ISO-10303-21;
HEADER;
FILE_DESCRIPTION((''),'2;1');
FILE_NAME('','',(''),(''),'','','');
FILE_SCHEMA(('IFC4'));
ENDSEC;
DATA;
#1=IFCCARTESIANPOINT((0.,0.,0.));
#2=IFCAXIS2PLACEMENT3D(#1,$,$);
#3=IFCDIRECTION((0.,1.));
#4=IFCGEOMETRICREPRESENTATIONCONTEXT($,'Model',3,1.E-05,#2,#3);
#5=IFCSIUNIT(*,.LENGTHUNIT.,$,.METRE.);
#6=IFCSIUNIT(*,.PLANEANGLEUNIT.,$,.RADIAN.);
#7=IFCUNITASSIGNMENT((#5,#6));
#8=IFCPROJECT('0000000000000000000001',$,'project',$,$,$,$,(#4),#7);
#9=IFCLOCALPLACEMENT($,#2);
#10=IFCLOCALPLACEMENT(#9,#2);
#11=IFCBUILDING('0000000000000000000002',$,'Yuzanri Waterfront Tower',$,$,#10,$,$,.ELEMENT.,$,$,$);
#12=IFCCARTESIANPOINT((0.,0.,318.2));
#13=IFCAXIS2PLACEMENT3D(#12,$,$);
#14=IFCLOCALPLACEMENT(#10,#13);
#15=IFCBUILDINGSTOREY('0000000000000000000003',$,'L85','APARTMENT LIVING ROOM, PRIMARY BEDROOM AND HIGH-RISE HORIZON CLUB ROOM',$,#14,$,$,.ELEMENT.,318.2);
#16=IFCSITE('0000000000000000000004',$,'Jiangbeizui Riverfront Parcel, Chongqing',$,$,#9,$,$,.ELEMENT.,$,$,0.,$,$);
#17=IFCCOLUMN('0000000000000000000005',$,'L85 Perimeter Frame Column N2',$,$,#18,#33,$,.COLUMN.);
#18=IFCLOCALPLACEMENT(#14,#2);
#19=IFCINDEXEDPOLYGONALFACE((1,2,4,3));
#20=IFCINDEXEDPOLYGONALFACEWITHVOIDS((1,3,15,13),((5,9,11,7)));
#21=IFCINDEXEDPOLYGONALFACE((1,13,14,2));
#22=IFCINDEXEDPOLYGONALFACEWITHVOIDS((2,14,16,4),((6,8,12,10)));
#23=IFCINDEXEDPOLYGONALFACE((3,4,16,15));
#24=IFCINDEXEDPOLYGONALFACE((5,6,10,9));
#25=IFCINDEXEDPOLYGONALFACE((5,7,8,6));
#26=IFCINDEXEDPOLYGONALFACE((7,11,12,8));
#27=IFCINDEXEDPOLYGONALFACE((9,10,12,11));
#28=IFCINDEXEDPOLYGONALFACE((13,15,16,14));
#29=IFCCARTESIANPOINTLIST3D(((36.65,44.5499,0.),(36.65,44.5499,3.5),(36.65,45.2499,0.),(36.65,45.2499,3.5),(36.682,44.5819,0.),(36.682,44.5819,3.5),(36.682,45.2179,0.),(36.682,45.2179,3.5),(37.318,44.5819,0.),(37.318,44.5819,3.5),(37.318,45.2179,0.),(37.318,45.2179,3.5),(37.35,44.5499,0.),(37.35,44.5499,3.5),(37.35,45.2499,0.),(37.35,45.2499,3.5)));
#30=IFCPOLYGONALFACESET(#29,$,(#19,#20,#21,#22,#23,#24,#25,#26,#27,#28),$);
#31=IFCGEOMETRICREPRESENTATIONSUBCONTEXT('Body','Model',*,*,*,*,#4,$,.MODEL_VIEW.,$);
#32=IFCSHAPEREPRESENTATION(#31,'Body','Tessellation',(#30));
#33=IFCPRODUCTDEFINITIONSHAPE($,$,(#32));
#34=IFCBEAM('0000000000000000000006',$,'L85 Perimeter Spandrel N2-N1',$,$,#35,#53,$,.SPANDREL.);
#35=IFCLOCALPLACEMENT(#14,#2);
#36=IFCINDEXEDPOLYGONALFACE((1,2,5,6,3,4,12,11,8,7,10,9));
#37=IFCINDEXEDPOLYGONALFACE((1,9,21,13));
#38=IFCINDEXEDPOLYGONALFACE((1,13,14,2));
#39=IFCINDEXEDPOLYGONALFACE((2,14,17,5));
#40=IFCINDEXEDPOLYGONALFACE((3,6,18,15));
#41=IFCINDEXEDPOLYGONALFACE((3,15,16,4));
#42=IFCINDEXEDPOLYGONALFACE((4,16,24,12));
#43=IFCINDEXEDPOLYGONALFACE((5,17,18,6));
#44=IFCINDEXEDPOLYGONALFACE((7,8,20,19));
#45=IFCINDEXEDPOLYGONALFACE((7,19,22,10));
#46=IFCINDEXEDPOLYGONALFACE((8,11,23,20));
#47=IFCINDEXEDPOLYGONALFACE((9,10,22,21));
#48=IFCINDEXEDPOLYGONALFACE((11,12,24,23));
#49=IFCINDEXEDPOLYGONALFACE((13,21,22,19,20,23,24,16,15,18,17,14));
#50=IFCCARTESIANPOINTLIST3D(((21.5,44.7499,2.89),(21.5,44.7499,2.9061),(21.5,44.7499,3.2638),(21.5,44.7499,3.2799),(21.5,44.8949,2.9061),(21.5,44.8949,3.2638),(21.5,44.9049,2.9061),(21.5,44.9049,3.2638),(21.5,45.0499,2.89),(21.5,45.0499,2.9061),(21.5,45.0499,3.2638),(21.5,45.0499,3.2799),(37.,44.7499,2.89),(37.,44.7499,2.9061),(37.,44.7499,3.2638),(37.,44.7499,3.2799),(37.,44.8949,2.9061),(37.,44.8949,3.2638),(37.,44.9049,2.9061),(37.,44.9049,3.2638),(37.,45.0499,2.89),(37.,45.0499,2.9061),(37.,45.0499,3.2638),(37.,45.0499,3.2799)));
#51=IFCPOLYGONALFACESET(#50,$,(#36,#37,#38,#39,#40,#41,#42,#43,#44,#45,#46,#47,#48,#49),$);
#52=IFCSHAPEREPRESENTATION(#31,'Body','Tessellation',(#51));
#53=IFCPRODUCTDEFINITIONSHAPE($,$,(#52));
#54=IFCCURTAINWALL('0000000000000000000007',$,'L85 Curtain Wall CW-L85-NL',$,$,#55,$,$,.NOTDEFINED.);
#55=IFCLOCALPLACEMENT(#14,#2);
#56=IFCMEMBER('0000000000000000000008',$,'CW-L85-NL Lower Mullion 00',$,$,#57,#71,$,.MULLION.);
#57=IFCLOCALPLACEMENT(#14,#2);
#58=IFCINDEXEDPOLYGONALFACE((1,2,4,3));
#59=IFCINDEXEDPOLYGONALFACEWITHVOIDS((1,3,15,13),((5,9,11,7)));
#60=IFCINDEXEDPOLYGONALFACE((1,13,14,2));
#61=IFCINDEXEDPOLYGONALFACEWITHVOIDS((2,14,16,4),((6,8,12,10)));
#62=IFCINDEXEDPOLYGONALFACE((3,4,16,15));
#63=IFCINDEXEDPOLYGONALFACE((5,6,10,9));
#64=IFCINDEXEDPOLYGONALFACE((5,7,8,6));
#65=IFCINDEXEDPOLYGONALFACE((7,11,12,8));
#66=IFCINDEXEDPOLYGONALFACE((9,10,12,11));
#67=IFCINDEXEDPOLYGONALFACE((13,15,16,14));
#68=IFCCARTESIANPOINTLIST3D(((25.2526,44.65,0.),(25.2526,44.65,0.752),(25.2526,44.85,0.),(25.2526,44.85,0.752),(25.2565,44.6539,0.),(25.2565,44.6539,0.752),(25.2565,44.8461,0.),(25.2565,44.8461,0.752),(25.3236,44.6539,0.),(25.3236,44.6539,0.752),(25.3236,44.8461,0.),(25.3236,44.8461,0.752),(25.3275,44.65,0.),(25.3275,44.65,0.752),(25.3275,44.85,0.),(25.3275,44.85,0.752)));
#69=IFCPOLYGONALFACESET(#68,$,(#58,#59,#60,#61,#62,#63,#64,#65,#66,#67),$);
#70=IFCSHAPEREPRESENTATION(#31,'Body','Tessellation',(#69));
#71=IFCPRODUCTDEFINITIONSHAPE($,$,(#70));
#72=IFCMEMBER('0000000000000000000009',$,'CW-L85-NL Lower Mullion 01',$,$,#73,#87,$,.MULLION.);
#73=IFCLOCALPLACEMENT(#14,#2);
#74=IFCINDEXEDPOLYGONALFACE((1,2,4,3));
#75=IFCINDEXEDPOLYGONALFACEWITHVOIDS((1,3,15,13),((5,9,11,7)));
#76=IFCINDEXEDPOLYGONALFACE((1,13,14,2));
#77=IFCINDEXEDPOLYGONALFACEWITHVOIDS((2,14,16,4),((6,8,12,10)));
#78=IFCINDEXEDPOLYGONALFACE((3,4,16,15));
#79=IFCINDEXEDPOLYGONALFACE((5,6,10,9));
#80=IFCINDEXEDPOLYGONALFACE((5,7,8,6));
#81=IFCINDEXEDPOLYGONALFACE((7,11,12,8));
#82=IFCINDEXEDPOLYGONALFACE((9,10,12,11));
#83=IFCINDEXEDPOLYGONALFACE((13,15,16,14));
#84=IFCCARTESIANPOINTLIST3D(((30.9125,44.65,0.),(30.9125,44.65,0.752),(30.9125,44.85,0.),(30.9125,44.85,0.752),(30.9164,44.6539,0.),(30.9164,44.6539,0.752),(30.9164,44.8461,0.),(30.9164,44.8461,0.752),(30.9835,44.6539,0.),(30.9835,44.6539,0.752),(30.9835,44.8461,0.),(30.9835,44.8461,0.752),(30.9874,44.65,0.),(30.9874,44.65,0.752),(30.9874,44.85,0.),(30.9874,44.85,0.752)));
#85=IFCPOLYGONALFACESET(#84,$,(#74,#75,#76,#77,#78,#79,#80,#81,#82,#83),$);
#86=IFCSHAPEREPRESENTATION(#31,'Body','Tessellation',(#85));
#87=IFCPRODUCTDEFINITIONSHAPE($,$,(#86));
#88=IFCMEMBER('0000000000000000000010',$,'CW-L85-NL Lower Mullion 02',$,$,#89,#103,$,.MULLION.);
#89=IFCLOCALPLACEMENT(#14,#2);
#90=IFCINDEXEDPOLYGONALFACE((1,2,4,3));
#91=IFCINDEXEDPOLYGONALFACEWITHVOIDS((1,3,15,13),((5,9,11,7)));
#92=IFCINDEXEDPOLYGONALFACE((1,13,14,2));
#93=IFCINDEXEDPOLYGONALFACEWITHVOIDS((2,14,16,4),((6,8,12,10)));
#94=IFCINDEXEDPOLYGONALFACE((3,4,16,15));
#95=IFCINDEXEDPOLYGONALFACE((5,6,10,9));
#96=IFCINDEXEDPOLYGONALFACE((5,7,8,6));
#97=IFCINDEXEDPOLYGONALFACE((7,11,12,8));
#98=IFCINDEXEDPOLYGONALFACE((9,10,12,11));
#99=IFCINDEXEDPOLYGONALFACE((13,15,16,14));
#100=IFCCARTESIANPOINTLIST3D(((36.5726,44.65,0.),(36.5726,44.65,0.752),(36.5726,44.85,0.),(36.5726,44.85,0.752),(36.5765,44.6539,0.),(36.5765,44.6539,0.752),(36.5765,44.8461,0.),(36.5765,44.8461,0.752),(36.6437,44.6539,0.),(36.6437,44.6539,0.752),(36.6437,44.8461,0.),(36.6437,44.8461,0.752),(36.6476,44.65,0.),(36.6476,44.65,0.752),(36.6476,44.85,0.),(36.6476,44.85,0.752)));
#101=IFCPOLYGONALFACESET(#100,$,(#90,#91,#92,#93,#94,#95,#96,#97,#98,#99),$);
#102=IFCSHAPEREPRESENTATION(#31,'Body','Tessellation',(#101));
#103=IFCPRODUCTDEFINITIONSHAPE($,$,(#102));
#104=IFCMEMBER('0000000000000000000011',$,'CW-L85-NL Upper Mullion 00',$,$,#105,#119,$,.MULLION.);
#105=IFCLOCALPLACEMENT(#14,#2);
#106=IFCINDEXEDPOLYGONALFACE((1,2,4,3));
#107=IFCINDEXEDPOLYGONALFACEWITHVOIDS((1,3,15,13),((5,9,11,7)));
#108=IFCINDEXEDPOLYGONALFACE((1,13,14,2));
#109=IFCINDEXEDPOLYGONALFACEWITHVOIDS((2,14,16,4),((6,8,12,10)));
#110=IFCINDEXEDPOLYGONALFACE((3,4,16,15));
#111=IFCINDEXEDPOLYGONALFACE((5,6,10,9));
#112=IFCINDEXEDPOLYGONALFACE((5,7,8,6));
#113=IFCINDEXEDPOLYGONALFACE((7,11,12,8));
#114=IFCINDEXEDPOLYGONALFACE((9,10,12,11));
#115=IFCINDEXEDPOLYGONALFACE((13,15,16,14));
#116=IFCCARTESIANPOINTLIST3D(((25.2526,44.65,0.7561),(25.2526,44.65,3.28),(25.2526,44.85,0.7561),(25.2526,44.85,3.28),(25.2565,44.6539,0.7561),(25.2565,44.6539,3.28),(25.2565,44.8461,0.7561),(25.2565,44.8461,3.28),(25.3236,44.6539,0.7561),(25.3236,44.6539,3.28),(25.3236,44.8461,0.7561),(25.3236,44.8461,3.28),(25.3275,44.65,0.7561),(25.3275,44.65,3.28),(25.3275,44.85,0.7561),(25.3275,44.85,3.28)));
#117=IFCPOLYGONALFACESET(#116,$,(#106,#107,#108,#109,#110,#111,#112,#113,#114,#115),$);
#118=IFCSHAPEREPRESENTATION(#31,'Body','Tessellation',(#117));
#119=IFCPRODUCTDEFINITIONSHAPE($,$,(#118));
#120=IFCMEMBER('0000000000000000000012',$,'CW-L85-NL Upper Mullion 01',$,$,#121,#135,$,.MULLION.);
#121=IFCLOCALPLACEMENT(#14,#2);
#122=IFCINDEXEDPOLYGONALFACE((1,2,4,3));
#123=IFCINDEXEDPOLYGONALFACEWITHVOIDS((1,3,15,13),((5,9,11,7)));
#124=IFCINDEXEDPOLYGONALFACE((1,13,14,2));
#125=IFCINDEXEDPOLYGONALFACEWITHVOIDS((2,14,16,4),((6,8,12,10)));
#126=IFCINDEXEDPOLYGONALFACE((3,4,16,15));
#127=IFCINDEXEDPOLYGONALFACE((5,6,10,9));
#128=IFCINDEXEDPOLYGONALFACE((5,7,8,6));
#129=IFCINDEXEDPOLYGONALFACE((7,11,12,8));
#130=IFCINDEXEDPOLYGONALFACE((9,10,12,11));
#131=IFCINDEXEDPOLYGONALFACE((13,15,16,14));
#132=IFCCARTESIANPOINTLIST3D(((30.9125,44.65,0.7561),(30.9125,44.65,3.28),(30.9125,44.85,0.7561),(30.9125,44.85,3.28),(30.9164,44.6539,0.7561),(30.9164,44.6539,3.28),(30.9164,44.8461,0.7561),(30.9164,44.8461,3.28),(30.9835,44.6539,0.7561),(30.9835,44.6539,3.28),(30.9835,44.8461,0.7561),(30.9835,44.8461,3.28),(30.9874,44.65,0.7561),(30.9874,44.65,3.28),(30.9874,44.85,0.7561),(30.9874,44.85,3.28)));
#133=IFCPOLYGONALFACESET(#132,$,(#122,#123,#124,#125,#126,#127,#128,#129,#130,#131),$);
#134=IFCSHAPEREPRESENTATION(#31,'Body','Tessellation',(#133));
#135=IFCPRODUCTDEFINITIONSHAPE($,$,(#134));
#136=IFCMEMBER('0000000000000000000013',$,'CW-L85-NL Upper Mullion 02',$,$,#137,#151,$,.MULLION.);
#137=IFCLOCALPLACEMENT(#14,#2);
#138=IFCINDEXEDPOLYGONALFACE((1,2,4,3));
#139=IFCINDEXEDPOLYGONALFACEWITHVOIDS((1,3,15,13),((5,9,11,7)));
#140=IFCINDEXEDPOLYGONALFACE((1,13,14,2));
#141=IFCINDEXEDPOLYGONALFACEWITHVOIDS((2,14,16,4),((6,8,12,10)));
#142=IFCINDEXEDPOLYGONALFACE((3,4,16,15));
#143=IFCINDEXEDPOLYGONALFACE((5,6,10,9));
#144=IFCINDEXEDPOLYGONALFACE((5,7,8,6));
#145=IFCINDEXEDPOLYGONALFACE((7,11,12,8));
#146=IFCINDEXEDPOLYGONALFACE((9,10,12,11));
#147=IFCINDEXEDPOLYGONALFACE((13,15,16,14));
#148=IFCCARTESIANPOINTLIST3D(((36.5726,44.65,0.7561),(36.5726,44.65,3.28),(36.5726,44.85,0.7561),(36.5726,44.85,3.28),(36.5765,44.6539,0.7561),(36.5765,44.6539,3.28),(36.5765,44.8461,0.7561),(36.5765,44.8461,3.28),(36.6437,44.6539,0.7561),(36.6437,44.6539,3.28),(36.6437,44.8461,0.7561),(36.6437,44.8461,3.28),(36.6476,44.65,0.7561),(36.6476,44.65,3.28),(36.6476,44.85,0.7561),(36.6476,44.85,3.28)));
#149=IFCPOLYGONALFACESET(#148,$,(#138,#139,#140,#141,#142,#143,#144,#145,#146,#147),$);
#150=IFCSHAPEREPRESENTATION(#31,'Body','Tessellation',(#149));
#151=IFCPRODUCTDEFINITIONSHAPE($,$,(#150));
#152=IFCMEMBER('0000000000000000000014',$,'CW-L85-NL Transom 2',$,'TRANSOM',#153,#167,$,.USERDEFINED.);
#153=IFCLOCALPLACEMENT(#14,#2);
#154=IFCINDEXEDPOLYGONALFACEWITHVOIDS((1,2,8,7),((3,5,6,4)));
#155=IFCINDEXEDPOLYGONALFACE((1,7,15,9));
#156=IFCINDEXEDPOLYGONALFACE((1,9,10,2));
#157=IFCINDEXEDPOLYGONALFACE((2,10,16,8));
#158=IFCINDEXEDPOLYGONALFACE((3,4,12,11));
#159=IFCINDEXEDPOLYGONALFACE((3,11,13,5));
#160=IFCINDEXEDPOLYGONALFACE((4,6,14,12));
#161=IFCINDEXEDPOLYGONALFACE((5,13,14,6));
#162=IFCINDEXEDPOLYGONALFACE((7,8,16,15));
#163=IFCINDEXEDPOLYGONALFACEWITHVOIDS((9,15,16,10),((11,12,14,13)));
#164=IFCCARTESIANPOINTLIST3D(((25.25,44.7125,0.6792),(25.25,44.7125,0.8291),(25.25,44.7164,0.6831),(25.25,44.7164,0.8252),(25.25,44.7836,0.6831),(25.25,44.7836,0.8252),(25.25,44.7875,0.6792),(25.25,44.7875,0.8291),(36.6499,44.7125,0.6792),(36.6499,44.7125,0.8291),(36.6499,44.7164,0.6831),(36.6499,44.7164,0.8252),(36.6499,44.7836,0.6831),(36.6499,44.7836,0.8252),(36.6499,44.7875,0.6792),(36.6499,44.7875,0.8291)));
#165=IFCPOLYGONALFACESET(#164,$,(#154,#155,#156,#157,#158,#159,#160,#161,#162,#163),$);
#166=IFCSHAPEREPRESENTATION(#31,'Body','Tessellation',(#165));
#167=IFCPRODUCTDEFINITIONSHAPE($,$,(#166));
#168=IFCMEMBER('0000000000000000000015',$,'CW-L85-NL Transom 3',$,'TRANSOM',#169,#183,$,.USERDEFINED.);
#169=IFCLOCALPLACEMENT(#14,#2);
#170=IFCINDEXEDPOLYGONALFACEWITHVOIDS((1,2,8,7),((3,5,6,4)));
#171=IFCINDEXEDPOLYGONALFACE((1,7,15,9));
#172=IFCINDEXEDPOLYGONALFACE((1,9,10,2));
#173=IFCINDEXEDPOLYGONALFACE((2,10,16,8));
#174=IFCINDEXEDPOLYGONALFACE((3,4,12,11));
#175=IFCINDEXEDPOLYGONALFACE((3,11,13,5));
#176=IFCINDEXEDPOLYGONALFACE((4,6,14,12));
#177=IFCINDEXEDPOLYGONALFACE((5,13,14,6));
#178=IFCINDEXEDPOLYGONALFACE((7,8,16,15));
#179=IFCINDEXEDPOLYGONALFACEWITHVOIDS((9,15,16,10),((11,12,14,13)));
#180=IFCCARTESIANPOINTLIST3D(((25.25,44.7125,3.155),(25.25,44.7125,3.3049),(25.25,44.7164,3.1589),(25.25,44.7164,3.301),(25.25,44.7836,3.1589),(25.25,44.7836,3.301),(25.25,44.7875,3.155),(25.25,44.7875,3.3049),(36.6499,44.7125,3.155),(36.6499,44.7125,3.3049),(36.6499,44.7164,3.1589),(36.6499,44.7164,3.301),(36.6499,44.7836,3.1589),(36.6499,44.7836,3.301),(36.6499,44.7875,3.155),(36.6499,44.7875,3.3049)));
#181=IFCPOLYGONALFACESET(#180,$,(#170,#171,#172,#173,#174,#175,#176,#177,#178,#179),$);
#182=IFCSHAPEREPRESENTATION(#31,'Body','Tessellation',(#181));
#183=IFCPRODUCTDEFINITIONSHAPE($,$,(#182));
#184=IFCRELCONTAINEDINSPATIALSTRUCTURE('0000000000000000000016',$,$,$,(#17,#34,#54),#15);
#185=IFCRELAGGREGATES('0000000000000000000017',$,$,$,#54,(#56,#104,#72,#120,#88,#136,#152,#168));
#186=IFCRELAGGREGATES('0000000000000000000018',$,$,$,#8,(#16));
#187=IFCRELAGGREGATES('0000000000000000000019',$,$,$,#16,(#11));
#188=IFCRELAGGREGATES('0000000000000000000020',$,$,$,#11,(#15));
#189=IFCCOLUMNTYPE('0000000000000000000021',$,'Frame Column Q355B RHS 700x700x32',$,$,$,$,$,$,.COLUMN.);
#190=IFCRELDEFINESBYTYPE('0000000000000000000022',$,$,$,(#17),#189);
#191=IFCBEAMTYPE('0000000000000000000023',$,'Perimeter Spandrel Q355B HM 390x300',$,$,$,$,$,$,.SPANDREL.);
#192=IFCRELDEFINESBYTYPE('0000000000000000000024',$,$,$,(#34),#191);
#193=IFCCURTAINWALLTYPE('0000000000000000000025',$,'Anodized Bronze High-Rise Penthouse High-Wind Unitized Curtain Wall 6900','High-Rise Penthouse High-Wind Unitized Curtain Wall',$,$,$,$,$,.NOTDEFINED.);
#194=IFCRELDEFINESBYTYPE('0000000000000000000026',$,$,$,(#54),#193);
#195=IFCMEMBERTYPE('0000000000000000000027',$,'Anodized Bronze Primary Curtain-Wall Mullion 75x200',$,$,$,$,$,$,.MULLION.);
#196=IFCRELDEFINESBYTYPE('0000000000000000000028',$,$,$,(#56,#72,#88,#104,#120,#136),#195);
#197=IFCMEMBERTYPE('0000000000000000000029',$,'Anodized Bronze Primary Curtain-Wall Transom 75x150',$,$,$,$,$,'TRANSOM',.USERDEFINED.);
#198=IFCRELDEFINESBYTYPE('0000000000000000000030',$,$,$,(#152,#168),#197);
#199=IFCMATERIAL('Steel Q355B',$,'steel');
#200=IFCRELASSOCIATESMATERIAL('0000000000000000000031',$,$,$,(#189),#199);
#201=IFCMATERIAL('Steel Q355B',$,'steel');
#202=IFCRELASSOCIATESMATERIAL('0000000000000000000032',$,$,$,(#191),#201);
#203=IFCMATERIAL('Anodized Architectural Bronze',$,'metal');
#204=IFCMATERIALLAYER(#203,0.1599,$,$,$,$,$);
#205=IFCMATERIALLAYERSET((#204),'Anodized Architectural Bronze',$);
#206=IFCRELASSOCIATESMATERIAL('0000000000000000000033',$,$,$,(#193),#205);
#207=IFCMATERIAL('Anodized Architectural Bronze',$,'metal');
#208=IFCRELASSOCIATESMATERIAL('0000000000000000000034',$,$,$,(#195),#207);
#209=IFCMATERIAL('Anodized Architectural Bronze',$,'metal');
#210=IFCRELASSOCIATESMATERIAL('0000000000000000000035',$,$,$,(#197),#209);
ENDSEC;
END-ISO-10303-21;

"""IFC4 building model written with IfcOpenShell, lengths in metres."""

from ifc_helpers import new_model, si_unit, direction, frame, origin, origin_2d, place, context, subcontext, project, spatial, hollow_rectangle, i_section, extrude, source, transform, mapped, material, layer, layer_set, material_profile, profile_set, type_object, element, aggregate, save


model = new_model("IFC4")

# Units and contexts
model_context = context("Model", 3, precision=1e-05, world=origin(), true_north=direction((0.0, 1.0)))
body_context = subcontext(model_context, "Body", "Model", "MODEL_VIEW")
ifc_project = project(units=[si_unit("LENGTHUNIT", "METRE"), si_unit("PLANEANGLEUNIT", "RADIAN")], contexts=[model_context])

# Site, building, storey
site_placement = place(None, origin())
site = spatial("IfcSite", under=ifc_project, at=site_placement, Name="Jiangbeizui Riverfront Parcel, Chongqing", CompositionType="ELEMENT", RefElevation=0.0)
building_placement = place(site_placement, origin())
building = spatial("IfcBuilding", under=site, at=building_placement, Name="Yuzanri Waterfront Tower", CompositionType="ELEMENT")
storey_placement = place(building_placement, frame((0.0, 0.0, 318.2)))
storey = spatial("IfcBuildingStorey", under=building, at=storey_placement, Name="L85", Description="APARTMENT LIVING ROOM, PRIMARY BEDROOM AND HIGH-RISE HORIZON CLUB ROOM", CompositionType="ELEMENT", Elevation=318.2)

# Column
ifc_material_1 = material(Name="Steel Q355B", Category="steel")
ifc_material_profile_1 = material_profile(ifc_material_1, hollow_rectangle(XDim=0.7, YDim=0.7, WallThickness=0.032, at=origin_2d()), Name="RHS 700x700x32")
ifc_profile_set_1 = profile_set([ifc_material_profile_1], Name="Steel Q355B")
column_type = type_object("IfcColumnType", Name="Frame Column Q355B RHS 700x700x32", PredefinedType="COLUMN", material=ifc_profile_set_1)
shared_shape_1 = source(origin(), body_context, "Body", "SweptSolid", [
    extrude(hollow_rectangle(XDim=0.7, YDim=0.7, WallThickness=0.032, at=origin_2d()), origin(), (0.0, 0.0, 1.0), 3.5),
])
column_placement = place(storey_placement, frame((37.0, 44.8999, 0.0), z_axis=(0.0, 0.0, 1.0), x_axis=(1.0, 0.0, 0.0)))
element("IfcColumn", 1, at=column_placement, inside=storey, type_object=column_type, Name="L85 Perimeter Frame Column N2", PredefinedType="COLUMN", context=body_context, shape_type="MappedRepresentation", body=[
    mapped(shared_shape_1, transform((0.0, 0.0, 0.0), scale=1.0)),
])

# Beam
ifc_material_2 = material(Name="Steel Q355B", Category="steel")
ifc_material_profile_2 = material_profile(ifc_material_2, i_section(OverallWidth=0.3, OverallDepth=0.3899, WebThickness=0.01, FlangeThickness=0.0161, at=origin_2d()), Name="HM 390x300x10x16")
ifc_profile_set_2 = profile_set([ifc_material_profile_2], Name="Steel Q355B")
beam_type = type_object("IfcBeamType", Name="Perimeter Spandrel Q355B HM 390x300", PredefinedType="SPANDREL", material=ifc_profile_set_2)
shared_shape_2 = source(origin(), body_context, "Body", "SweptSolid", [
    extrude(i_section(OverallWidth=0.3, OverallDepth=0.3899, WebThickness=0.01, FlangeThickness=0.0161, at=origin_2d()), origin(), (0.0, 0.0, 1.0), 15.5),
])
beam_placement = place(storey_placement, frame((37.0, 44.8999, 3.085), z_axis=(-1.0, 0.0, 0.0), x_axis=(0.0, -1.0, 0.0)))
element("IfcBeam", 2, at=beam_placement, inside=storey, type_object=beam_type, Name="L85 Perimeter Spandrel N2-N1", PredefinedType="SPANDREL", context=body_context, shape_type="MappedRepresentation", body=[
    mapped(shared_shape_2, transform((0.0, 0.0, 0.0), scale=1.0)),
])

# Curtain wall, members
ifc_material_3 = material(Name="Anodized Architectural Bronze", Category="metal")
ifc_layer_1 = layer(ifc_material_3, 0.1599)
ifc_layer_set_1 = layer_set([ifc_layer_1], Name="Anodized Architectural Bronze")
curtain_wall_type = type_object("IfcCurtainWallType", Name="Anodized Bronze High-Rise Penthouse High-Wind Unitized Curtain Wall 6900", Description="High-Rise Penthouse High-Wind Unitized Curtain Wall", PredefinedType="NOTDEFINED", material=ifc_layer_set_1)
curtain_wall_placement = place(storey_placement, origin())
curtain_wall = element("IfcCurtainWall", 3, at=curtain_wall_placement, inside=storey, type_object=curtain_wall_type, Name="L85 Curtain Wall CW-L85-NL", PredefinedType="NOTDEFINED")
ifc_material_4 = material(Name="Anodized Architectural Bronze", Category="metal")
ifc_material_profile_3 = material_profile(ifc_material_4, hollow_rectangle(XDim=0.075, YDim=0.2, WallThickness=0.0039, at=origin_2d()), Name="CWM 75x200")
ifc_profile_set_3 = profile_set([ifc_material_profile_3], Name="Anodized Architectural Bronze")
member_type_1 = type_object("IfcMemberType", Name="Anodized Bronze Primary Curtain-Wall Mullion 75x200", PredefinedType="MULLION", material=ifc_profile_set_3)
shared_shape_3 = source(origin(), body_context, "Body", "SweptSolid", [
    extrude(hollow_rectangle(XDim=0.075, YDim=0.2, WallThickness=0.0039, at=origin_2d()), origin(), (0.0, 0.0, 1.0), 0.752),
])
member_1_placement = place(storey_placement, frame((25.29, 44.75, 0.0), z_axis=(0.0, 0.0, 1.0), x_axis=(1.0, 0.0, 0.0)))
member_1 = element("IfcMember", 4, at=member_1_placement, type_object=member_type_1, Name="CW-L85-NL Lower Mullion 00", PredefinedType="MULLION", context=body_context, shape_type="MappedRepresentation", body=[
    mapped(shared_shape_3, transform((0.0, 0.0, 0.0), scale=1.0)),
])
member_2_placement = place(storey_placement, frame((30.95, 44.75, 0.0), z_axis=(0.0, 0.0, 1.0), x_axis=(1.0, 0.0, 0.0)))
member_2 = element("IfcMember", 5, at=member_2_placement, type_object=member_type_1, Name="CW-L85-NL Lower Mullion 01", PredefinedType="MULLION", context=body_context, shape_type="MappedRepresentation", body=[
    mapped(shared_shape_3, transform((0.0, 0.0, 0.0), scale=1.0)),
])
member_3_placement = place(storey_placement, frame((36.6101, 44.75, 0.0), z_axis=(0.0, 0.0, 1.0), x_axis=(1.0, 0.0, 0.0)))
member_3 = element("IfcMember", 6, at=member_3_placement, type_object=member_type_1, Name="CW-L85-NL Lower Mullion 02", PredefinedType="MULLION", context=body_context, shape_type="MappedRepresentation", body=[
    mapped(shared_shape_3, transform((0.0, 0.0, 0.0), scale=1.0)),
])
shared_shape_4 = source(origin(), body_context, "Body", "SweptSolid", [
    extrude(hollow_rectangle(XDim=0.075, YDim=0.2, WallThickness=0.0039, at=origin_2d()), origin(), (0.0, 0.0, 1.0), 2.5239),
])
member_4_placement = place(storey_placement, frame((25.29, 44.75, 0.7561), z_axis=(0.0, 0.0, 1.0), x_axis=(1.0, 0.0, 0.0)))
member_4 = element("IfcMember", 7, at=member_4_placement, type_object=member_type_1, Name="CW-L85-NL Upper Mullion 00", PredefinedType="MULLION", context=body_context, shape_type="MappedRepresentation", body=[
    mapped(shared_shape_4, transform((0.0, 0.0, 0.0), scale=1.0)),
])
member_5_placement = place(storey_placement, frame((30.95, 44.75, 0.7561), z_axis=(0.0, 0.0, 1.0), x_axis=(1.0, 0.0, 0.0)))
member_5 = element("IfcMember", 8, at=member_5_placement, type_object=member_type_1, Name="CW-L85-NL Upper Mullion 01", PredefinedType="MULLION", context=body_context, shape_type="MappedRepresentation", body=[
    mapped(shared_shape_4, transform((0.0, 0.0, 0.0), scale=1.0)),
])
member_6_placement = place(storey_placement, frame((36.6101, 44.75, 0.7561), z_axis=(0.0, 0.0, 1.0), x_axis=(1.0, 0.0, 0.0)))
member_6 = element("IfcMember", 9, at=member_6_placement, type_object=member_type_1, Name="CW-L85-NL Upper Mullion 02", PredefinedType="MULLION", context=body_context, shape_type="MappedRepresentation", body=[
    mapped(shared_shape_4, transform((0.0, 0.0, 0.0), scale=1.0)),
])
ifc_material_5 = material(Name="Anodized Architectural Bronze", Category="metal")
ifc_material_profile_4 = material_profile(ifc_material_5, hollow_rectangle(XDim=0.075, YDim=0.1499, WallThickness=0.0039, at=origin_2d()), Name="CWT 75x150")
ifc_profile_set_4 = profile_set([ifc_material_profile_4], Name="Anodized Architectural Bronze")
member_type_2 = type_object("IfcMemberType", Name="Anodized Bronze Primary Curtain-Wall Transom 75x150", ElementType="TRANSOM", PredefinedType="USERDEFINED", material=ifc_profile_set_4)
shared_shape_5 = source(origin(), body_context, "Body", "SweptSolid", [
    extrude(hollow_rectangle(XDim=0.075, YDim=0.1499, WallThickness=0.0039, at=origin_2d()), origin(), (0.0, 0.0, 1.0), 11.3999),
])
member_7_placement = place(storey_placement, frame((25.25, 44.75, 0.7542), z_axis=(1.0, 0.0, 0.0), x_axis=(0.0, 1.0, 0.0)))
member_7 = element("IfcMember", 10, at=member_7_placement, type_object=member_type_2, Name="CW-L85-NL Transom 2", ObjectType="TRANSOM", PredefinedType="USERDEFINED", context=body_context, shape_type="MappedRepresentation", body=[
    mapped(shared_shape_5, transform((0.0, 0.0, 0.0), scale=1.0)),
])
member_8_placement = place(storey_placement, frame((25.25, 44.75, 3.23), z_axis=(1.0, 0.0, 0.0), x_axis=(0.0, 1.0, 0.0)))
member_8 = element("IfcMember", 11, at=member_8_placement, type_object=member_type_2, Name="CW-L85-NL Transom 3", ObjectType="TRANSOM", PredefinedType="USERDEFINED", context=body_context, shape_type="MappedRepresentation", body=[
    mapped(shared_shape_5, transform((0.0, 0.0, 0.0), scale=1.0)),
])
aggregate(curtain_wall, [member_1, member_4, member_2, member_5, member_3, member_6, member_7, member_8])

save(model, "model.ifc")
